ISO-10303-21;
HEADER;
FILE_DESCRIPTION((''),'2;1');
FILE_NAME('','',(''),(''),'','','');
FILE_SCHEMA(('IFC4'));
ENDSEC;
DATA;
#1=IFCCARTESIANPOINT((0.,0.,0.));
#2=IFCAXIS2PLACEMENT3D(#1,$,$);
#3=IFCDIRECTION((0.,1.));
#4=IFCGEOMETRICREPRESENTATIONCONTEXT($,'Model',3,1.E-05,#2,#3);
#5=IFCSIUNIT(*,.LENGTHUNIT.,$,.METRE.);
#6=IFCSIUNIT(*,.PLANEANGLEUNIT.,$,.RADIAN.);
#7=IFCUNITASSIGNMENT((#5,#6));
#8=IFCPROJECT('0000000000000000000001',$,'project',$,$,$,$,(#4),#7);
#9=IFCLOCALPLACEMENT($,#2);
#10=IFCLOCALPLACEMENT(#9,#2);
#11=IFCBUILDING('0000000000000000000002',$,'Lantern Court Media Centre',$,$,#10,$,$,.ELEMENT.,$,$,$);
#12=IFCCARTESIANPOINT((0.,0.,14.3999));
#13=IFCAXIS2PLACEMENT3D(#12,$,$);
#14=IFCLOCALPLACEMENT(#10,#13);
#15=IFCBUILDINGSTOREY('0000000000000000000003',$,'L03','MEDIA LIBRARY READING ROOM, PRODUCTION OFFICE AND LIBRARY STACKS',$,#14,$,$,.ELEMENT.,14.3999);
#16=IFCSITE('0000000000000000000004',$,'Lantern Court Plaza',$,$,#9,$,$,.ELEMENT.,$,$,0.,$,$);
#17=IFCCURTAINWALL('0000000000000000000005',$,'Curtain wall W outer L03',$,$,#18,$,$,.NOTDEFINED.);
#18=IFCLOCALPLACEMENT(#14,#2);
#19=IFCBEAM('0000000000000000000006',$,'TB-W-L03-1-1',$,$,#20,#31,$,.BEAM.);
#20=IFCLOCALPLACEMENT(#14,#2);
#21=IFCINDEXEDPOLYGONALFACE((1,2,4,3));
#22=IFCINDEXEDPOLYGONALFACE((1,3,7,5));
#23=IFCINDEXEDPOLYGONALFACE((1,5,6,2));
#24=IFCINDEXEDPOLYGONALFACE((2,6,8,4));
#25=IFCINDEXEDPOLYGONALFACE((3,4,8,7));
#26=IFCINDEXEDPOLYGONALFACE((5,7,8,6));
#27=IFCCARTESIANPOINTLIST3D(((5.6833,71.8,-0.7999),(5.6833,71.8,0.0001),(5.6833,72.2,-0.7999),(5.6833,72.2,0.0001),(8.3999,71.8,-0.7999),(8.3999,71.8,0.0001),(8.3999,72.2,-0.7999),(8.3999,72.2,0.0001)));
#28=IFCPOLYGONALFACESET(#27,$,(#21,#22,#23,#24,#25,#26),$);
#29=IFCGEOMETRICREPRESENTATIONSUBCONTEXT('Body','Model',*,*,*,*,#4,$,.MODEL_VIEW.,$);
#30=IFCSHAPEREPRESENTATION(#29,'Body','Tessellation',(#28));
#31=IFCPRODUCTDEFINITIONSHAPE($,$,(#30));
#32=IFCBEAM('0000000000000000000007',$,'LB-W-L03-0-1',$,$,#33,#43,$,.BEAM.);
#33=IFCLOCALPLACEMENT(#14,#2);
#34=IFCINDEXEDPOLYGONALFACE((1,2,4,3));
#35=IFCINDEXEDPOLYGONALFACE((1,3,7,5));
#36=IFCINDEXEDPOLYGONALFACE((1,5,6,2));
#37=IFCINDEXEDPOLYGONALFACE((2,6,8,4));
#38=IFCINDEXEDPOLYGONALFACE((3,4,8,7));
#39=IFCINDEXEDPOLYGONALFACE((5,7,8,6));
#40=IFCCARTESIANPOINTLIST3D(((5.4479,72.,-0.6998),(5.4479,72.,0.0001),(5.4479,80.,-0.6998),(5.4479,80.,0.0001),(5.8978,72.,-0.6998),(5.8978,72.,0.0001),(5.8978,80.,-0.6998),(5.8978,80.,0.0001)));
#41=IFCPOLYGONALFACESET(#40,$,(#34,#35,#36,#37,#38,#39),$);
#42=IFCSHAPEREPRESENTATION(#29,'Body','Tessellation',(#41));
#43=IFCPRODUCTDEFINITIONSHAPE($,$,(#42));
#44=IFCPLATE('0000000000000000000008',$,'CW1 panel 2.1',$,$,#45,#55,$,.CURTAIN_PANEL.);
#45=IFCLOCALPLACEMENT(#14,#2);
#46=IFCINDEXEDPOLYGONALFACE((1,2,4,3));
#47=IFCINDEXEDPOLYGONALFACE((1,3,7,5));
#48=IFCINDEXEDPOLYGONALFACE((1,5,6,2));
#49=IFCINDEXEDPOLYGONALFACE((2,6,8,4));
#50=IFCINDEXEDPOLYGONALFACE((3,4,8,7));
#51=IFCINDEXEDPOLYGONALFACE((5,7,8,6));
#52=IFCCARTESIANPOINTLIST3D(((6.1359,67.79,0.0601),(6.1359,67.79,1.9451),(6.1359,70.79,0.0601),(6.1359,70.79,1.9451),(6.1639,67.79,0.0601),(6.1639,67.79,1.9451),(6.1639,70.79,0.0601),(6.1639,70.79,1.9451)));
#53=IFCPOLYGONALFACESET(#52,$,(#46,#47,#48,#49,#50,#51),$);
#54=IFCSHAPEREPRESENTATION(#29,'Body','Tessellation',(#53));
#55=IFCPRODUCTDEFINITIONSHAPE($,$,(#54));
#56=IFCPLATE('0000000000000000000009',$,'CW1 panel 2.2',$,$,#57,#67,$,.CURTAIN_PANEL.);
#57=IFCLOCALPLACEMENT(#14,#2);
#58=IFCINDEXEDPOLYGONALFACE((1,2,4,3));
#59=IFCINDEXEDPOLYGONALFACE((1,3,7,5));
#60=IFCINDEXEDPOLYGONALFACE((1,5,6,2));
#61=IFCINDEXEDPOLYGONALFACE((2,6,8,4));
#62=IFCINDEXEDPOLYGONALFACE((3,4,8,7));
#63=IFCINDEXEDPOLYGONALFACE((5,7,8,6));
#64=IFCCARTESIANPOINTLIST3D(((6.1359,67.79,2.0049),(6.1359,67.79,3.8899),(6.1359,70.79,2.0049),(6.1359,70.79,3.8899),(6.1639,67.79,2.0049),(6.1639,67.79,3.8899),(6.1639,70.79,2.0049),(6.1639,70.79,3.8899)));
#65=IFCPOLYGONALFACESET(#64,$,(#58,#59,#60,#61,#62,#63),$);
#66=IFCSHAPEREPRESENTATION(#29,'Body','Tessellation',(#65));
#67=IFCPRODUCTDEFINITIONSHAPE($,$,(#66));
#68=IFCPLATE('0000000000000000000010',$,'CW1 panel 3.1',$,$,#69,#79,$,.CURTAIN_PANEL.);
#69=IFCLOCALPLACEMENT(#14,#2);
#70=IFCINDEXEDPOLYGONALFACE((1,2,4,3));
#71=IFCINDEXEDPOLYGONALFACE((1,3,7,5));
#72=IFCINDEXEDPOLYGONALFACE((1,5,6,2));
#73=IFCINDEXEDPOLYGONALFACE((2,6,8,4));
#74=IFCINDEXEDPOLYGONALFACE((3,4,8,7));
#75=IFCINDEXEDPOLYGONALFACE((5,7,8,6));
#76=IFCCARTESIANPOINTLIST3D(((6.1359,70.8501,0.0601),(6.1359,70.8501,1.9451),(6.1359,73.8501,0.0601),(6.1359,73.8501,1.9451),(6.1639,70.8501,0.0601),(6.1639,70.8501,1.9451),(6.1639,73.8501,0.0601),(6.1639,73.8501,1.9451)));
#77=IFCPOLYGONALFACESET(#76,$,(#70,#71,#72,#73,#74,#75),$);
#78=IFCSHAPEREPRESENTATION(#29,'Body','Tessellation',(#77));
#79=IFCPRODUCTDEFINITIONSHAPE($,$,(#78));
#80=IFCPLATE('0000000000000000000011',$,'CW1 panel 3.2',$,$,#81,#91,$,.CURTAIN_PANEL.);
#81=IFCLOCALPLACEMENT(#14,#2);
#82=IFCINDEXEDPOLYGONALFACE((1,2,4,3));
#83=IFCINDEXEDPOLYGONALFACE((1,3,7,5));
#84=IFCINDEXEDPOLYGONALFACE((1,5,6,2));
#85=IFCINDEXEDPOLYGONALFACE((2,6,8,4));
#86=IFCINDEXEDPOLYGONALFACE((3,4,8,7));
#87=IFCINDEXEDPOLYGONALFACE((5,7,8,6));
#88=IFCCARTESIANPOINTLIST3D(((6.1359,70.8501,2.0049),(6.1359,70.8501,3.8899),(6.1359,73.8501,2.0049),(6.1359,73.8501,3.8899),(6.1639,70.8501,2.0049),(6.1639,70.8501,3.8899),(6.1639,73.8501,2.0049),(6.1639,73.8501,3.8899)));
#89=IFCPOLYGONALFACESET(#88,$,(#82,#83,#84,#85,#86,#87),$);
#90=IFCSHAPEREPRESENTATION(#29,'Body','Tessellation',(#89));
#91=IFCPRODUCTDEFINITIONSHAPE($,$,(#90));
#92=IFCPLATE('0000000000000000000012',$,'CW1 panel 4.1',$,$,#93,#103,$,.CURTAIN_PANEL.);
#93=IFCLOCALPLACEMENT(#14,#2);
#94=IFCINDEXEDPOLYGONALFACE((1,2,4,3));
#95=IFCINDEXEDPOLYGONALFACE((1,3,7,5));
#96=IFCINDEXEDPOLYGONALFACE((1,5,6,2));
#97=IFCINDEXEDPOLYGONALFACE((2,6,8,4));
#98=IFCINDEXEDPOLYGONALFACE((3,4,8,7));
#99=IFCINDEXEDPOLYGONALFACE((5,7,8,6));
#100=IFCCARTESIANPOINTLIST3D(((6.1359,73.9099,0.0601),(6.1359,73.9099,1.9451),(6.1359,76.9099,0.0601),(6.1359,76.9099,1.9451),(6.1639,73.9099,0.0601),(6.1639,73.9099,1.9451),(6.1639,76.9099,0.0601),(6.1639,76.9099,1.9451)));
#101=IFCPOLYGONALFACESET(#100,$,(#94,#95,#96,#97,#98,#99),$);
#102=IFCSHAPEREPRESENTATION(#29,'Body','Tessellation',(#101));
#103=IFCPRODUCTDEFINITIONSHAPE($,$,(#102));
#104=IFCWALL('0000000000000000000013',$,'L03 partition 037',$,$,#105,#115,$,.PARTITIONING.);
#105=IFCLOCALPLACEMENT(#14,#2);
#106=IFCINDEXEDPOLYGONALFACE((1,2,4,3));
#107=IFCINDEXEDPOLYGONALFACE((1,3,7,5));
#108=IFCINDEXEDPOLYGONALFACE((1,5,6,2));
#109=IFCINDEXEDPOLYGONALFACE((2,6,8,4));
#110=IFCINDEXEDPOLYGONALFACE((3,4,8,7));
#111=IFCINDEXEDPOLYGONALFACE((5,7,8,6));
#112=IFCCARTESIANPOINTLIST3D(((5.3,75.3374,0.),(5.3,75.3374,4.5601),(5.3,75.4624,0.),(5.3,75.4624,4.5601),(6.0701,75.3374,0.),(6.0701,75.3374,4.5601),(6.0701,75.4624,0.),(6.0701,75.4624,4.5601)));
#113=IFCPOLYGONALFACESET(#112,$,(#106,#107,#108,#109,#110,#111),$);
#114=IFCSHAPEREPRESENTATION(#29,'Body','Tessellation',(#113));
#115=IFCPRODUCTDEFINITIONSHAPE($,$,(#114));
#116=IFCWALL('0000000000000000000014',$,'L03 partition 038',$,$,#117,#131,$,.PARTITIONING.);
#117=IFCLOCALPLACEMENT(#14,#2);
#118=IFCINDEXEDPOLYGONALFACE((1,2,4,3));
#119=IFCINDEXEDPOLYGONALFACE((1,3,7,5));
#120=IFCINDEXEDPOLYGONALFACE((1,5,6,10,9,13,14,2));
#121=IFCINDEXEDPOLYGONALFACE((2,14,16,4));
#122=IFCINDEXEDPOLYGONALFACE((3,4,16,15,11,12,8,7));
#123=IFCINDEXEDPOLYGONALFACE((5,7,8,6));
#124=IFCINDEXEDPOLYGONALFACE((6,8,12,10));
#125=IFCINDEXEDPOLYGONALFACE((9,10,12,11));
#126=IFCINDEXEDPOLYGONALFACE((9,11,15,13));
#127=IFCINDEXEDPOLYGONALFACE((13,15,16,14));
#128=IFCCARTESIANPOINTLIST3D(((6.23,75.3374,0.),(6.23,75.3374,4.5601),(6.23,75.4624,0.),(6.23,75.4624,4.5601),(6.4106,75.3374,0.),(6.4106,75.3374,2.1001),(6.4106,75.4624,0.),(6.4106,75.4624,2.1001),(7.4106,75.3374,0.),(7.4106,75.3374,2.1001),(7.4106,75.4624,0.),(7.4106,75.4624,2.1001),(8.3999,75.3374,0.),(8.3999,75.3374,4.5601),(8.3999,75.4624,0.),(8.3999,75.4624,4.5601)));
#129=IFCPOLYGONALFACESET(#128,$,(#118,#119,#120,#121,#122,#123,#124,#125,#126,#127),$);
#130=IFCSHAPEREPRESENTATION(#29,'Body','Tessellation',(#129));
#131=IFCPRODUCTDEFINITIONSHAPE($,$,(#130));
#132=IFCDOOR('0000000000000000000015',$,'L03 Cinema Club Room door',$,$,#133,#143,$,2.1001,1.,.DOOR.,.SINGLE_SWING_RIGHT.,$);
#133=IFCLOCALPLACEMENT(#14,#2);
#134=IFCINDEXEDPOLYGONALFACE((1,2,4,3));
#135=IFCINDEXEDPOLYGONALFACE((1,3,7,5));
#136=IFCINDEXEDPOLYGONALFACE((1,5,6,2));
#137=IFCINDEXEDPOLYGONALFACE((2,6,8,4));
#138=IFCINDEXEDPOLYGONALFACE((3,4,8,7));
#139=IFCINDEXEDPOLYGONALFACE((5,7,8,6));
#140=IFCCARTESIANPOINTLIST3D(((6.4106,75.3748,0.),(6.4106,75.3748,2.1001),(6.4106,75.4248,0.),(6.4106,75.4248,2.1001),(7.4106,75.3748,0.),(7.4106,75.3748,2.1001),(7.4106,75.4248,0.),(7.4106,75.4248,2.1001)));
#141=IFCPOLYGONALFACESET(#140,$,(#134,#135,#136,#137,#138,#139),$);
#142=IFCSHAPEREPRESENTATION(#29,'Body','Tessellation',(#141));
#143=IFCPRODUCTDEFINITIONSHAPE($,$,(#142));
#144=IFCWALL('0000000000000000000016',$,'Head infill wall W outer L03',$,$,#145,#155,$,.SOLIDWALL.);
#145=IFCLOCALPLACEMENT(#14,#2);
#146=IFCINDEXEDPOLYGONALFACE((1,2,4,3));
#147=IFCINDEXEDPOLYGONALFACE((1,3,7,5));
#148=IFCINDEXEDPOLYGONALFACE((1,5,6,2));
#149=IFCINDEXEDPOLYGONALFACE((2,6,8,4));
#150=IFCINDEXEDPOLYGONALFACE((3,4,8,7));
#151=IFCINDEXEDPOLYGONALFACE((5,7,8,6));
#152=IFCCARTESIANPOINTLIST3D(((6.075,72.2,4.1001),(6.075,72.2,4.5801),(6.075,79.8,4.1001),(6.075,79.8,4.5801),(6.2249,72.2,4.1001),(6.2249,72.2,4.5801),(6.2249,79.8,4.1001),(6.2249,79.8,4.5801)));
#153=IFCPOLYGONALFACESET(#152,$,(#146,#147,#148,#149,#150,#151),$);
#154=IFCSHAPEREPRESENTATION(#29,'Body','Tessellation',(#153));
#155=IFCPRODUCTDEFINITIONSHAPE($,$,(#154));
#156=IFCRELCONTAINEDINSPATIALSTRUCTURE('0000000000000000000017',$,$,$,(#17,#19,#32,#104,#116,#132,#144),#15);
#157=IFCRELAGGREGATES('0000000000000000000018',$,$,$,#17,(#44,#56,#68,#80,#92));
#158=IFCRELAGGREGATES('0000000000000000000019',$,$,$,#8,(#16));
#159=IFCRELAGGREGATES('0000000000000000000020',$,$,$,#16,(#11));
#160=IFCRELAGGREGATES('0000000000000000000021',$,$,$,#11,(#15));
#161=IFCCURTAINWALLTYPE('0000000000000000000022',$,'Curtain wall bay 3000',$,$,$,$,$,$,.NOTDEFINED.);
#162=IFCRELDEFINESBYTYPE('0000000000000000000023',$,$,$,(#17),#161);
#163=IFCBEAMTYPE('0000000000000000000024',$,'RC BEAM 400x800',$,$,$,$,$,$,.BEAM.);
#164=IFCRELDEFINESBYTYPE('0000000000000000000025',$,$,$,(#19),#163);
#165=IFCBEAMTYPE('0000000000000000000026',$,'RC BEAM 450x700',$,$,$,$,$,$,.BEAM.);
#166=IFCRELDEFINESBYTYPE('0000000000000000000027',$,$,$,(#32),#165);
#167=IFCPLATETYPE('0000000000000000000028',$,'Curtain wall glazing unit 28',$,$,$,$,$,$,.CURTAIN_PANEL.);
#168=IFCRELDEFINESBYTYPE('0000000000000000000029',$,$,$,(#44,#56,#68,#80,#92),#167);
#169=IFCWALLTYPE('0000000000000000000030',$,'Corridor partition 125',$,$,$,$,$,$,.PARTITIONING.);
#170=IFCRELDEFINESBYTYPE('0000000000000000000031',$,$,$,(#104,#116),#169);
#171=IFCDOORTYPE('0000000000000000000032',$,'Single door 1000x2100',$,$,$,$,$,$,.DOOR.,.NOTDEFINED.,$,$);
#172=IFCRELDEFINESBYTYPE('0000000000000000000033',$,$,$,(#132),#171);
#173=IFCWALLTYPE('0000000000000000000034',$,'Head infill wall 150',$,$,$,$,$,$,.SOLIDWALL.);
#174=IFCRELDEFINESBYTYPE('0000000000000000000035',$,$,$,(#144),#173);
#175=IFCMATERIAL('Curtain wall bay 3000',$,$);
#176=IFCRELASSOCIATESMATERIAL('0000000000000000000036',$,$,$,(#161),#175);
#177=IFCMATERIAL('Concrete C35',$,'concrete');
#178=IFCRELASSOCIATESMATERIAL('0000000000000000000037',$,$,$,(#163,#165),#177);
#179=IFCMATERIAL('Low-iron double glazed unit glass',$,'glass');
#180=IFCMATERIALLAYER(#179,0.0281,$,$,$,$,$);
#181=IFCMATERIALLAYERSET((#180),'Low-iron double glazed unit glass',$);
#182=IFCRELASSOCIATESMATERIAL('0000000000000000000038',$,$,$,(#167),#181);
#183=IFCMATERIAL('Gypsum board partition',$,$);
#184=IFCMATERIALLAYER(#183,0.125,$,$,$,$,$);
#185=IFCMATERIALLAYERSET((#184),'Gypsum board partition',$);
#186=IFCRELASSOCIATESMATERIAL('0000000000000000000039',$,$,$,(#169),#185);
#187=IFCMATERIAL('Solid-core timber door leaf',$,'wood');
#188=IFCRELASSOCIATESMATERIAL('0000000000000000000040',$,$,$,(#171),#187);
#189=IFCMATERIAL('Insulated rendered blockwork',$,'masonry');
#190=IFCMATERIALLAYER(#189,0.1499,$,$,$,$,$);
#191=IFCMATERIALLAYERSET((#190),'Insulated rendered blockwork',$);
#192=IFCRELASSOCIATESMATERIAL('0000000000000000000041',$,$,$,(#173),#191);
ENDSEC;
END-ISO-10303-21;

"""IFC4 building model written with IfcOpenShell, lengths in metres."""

from ifc_helpers import new_model, si_unit, direction, frame, frame_2d, origin, origin_2d, place, context, subcontext, project, spatial, rectangle, extrude, material, layer, layer_set, material_profile, profile_set, type_object, element, fill, aggregate, save


model = new_model("IFC4")

# Units and contexts
model_context = context("Model", 3, precision=1e-05, world=origin(), true_north=direction((0.0, 1.0)))
body_context = subcontext(model_context, "Body", "Model", "MODEL_VIEW")
ifc_project = project(units=[si_unit("LENGTHUNIT", "METRE"), si_unit("PLANEANGLEUNIT", "RADIAN")], contexts=[model_context])

# Site, building, storey
site_placement = place(None, origin())
site = spatial("IfcSite", under=ifc_project, at=site_placement, Name="Lantern Court Plaza", CompositionType="ELEMENT", RefElevation=0.0)
building_placement = place(site_placement, origin())
building = spatial("IfcBuilding", under=site, at=building_placement, Name="Lantern Court Media Centre", CompositionType="ELEMENT")
storey_placement = place(building_placement, frame((0.0, 0.0, 14.3999)))
storey = spatial("IfcBuildingStorey", under=building, at=storey_placement, Name="L03", Description="MEDIA LIBRARY READING ROOM, PRODUCTION OFFICE AND LIBRARY STACKS", CompositionType="ELEMENT", Elevation=14.3999)

# Shared definitions
ifc_material_1 = material(Name="Concrete C35", Category="concrete")

# Curtain wall
ifc_material_2 = material(Name="Curtain wall bay 3000")
curtain_wall_type = type_object("IfcCurtainWallType", Name="Curtain wall bay 3000", PredefinedType="NOTDEFINED", material=ifc_material_2)
curtain_wall_placement = place(storey_placement, origin())
curtain_wall = element("IfcCurtainWall", 1, at=curtain_wall_placement, inside=storey, type_object=curtain_wall_type, Name="Curtain wall W outer L03", PredefinedType="NOTDEFINED")

# Beams
ifc_material_profile_1 = material_profile(ifc_material_1, rectangle(XDim=0.3999, YDim=0.8, at=origin_2d()), Name="RC 400x800")
ifc_profile_set_1 = profile_set([ifc_material_profile_1], Name="Concrete C35")
beam_type_1 = type_object("IfcBeamType", Name="RC BEAM 400x800", PredefinedType="BEAM", material=ifc_profile_set_1)
beam_1_placement = place(storey_placement, frame((5.6833, 72.0, -0.3999), z_axis=(1.0, 0.0, 0.0), x_axis=(0.0, 1.0, 0.0)))
element("IfcBeam", 2, at=beam_1_placement, inside=storey, type_object=beam_type_1, Name="TB-W-L03-1-1", PredefinedType="BEAM", context=body_context, shape_type="SweptSolid", body=[
    extrude(rectangle(XDim=0.3999, YDim=0.8, at=origin_2d()), origin(), (0.0, 0.0, 1.0), 2.7166),
])
ifc_material_profile_2 = material_profile(ifc_material_1, rectangle(XDim=0.45, YDim=0.7, at=origin_2d()), Name="RC 450x700")
ifc_profile_set_2 = profile_set([ifc_material_profile_2], Name="Concrete C35")
beam_type_2 = type_object("IfcBeamType", Name="RC BEAM 450x700", PredefinedType="BEAM", material=ifc_profile_set_2)
beam_2_placement = place(storey_placement, frame((5.6729, 72.0, -0.3499), z_axis=(0.0, 1.0, 0.0), x_axis=(-1.0, 0.0, 0.0)))
element("IfcBeam", 3, at=beam_2_placement, inside=storey, type_object=beam_type_2, Name="LB-W-L03-0-1", PredefinedType="BEAM", context=body_context, shape_type="SweptSolid", body=[
    extrude(rectangle(XDim=0.45, YDim=0.7, at=origin_2d()), origin(), (0.0, 0.0, 1.0), 8.0),
])

# Plates
ifc_material_3 = material(Name="Low-iron double glazed unit glass", Category="glass")
ifc_layer_1 = layer(ifc_material_3, 0.0281)
ifc_layer_set_1 = layer_set([ifc_layer_1], Name="Low-iron double glazed unit glass")
plate_type = type_object("IfcPlateType", Name="Curtain wall glazing unit 28", PredefinedType="CURTAIN_PANEL", material=ifc_layer_set_1)
plate_1_placement = place(storey_placement, frame((6.1499, 69.29, 0.0601), z_axis=(0.0, 0.0, 1.0), x_axis=(0.0, 1.0, 0.0)))
plate_1 = element("IfcPlate", 4, at=plate_1_placement, type_object=plate_type, Name="CW1 panel 2.1", PredefinedType="CURTAIN_PANEL", context=body_context, shape_type="SweptSolid", body=[
    extrude(rectangle(XDim=3.0, YDim=0.0281, at=origin_2d()), origin(), (0.0, 0.0, 1.0), 1.885),
])
plate_2_placement = place(storey_placement, frame((6.1499, 69.29, 2.0049), z_axis=(0.0, 0.0, 1.0), x_axis=(0.0, 1.0, 0.0)))
plate_2 = element("IfcPlate", 5, at=plate_2_placement, type_object=plate_type, Name="CW1 panel 2.2", PredefinedType="CURTAIN_PANEL", context=body_context, shape_type="SweptSolid", body=[
    extrude(rectangle(XDim=3.0, YDim=0.0281, at=origin_2d()), origin(), (0.0, 0.0, 1.0), 1.885),
])
plate_3_placement = place(storey_placement, frame((6.1499, 72.3501, 0.0601), z_axis=(0.0, 0.0, 1.0), x_axis=(0.0, 1.0, 0.0)))
plate_3 = element("IfcPlate", 6, at=plate_3_placement, type_object=plate_type, Name="CW1 panel 3.1", PredefinedType="CURTAIN_PANEL", context=body_context, shape_type="SweptSolid", body=[
    extrude(rectangle(XDim=3.0, YDim=0.0281, at=origin_2d()), origin(), (0.0, 0.0, 1.0), 1.885),
])
plate_4_placement = place(storey_placement, frame((6.1499, 72.3501, 2.0049), z_axis=(0.0, 0.0, 1.0), x_axis=(0.0, 1.0, 0.0)))
plate_4 = element("IfcPlate", 7, at=plate_4_placement, type_object=plate_type, Name="CW1 panel 3.2", PredefinedType="CURTAIN_PANEL", context=body_context, shape_type="SweptSolid", body=[
    extrude(rectangle(XDim=3.0, YDim=0.0281, at=origin_2d()), origin(), (0.0, 0.0, 1.0), 1.885),
])
plate_5_placement = place(storey_placement, frame((6.1499, 75.4099, 0.0601), z_axis=(0.0, 0.0, 1.0), x_axis=(0.0, 1.0, 0.0)))
plate_5 = element("IfcPlate", 8, at=plate_5_placement, type_object=plate_type, Name="CW1 panel 4.1", PredefinedType="CURTAIN_PANEL", context=body_context, shape_type="SweptSolid", body=[
    extrude(rectangle(XDim=3.0, YDim=0.0281, at=origin_2d()), origin(), (0.0, 0.0, 1.0), 1.885),
])
aggregate(curtain_wall, [plate_1, plate_2, plate_3, plate_4, plate_5])

# Wall
ifc_material_4 = material(Name="Gypsum board partition")
ifc_layer_2 = layer(ifc_material_4, 0.125)
ifc_layer_set_2 = layer_set([ifc_layer_2], Name="Gypsum board partition")
wall_type_1 = type_object("IfcWallType", Name="Corridor partition 125", PredefinedType="PARTITIONING", material=ifc_layer_set_2)
wall_1_placement = place(storey_placement, frame((5.3, 75.3999, 0.0), z_axis=(0.0, 0.0, 1.0), x_axis=(1.0, 0.0, 0.0)))
element("IfcWall", 9, at=wall_1_placement, inside=storey, type_object=wall_type_1, Name="L03 partition 037", PredefinedType="PARTITIONING", context=body_context, shape_type="SweptSolid", body=[
    extrude(rectangle(XDim=0.77, YDim=0.125, at=frame_2d((0.385, 0.0))), origin(), (0.0, 0.0, 1.0), 4.5601),
])

# Wall, opening, door
wall_2_placement = place(storey_placement, frame((6.23, 75.3999, 0.0), z_axis=(0.0, 0.0, 1.0), x_axis=(1.0, 0.0, 0.0)))
wall_2 = element("IfcWall", 10, at=wall_2_placement, inside=storey, type_object=wall_type_1, Name="L03 partition 038", PredefinedType="PARTITIONING", context=body_context, shape_type="SweptSolid", body=[
    extrude(rectangle(XDim=2.1699, YDim=0.125, at=frame_2d((1.085, 0.0))), origin(), (0.0, 0.0, 1.0), 4.5601),
])
opening_1_placement = place(wall_2_placement, frame((0.1807, 0.0, 0.0)))
opening_1 = element("IfcOpeningElement", 11, at=opening_1_placement, cuts=wall_2, PredefinedType="OPENING", context=body_context, shape_type="SweptSolid", body=[
    extrude(rectangle(XDim=1.0, YDim=2.1001, at=frame_2d((0.5, 1.05))), frame((0.0, 0.0725, 0.0), z_axis=(0.0, -1.0, 0.0), x_axis=(1.0, 0.0, 0.0)), (0.0, 0.0, 1.0), 0.145),
])
ifc_material_5 = material(Name="Solid-core timber door leaf", Category="wood")
door_type_1 = type_object("IfcDoorType", Name="Single door 1000x2100", OperationType="NOTDEFINED", PredefinedType="DOOR", material=ifc_material_5)
door_1_placement = place(opening_1_placement, origin())
door_1 = element("IfcDoor", 12, at=door_1_placement, inside=storey, type_object=door_type_1, Name="L03 Cinema Club Room door", OperationType="SINGLE_SWING_RIGHT", OverallHeight=2.1001, OverallWidth=1.0, PredefinedType="DOOR", context=body_context, shape_type="SweptSolid", body=[
    extrude(rectangle(XDim=1.0, YDim=2.1001, at=frame_2d((0.5, 1.05))), frame((0.0, 0.0249, 0.0), z_axis=(0.0, -1.0, 0.0), x_axis=(1.0, 0.0, 0.0)), (0.0, 0.0, 1.0), 0.05),
])
fill(opening_1, door_1)

# Wall
ifc_material_6 = material(Name="Insulated rendered blockwork", Category="masonry")
ifc_layer_3 = layer(ifc_material_6, 0.1499)
ifc_layer_set_3 = layer_set([ifc_layer_3], Name="Insulated rendered blockwork")
wall_type_2 = type_object("IfcWallType", Name="Head infill wall 150", PredefinedType="SOLIDWALL", material=ifc_layer_set_3)
wall_3_placement = place(storey_placement, frame((6.1499, 72.2, 4.1001), z_axis=(0.0, 0.0, 1.0), x_axis=(0.0, 1.0, 0.0)))
element("IfcWall", 13, at=wall_3_placement, inside=storey, type_object=wall_type_2, Name="Head infill wall W outer L03", PredefinedType="SOLIDWALL", context=body_context, shape_type="SweptSolid", body=[
    extrude(rectangle(XDim=7.6001, YDim=0.1499, at=frame_2d((3.8, 0.0))), origin(), (0.0, 0.0, 1.0), 0.48),
])

save(model, "model.ifc")
